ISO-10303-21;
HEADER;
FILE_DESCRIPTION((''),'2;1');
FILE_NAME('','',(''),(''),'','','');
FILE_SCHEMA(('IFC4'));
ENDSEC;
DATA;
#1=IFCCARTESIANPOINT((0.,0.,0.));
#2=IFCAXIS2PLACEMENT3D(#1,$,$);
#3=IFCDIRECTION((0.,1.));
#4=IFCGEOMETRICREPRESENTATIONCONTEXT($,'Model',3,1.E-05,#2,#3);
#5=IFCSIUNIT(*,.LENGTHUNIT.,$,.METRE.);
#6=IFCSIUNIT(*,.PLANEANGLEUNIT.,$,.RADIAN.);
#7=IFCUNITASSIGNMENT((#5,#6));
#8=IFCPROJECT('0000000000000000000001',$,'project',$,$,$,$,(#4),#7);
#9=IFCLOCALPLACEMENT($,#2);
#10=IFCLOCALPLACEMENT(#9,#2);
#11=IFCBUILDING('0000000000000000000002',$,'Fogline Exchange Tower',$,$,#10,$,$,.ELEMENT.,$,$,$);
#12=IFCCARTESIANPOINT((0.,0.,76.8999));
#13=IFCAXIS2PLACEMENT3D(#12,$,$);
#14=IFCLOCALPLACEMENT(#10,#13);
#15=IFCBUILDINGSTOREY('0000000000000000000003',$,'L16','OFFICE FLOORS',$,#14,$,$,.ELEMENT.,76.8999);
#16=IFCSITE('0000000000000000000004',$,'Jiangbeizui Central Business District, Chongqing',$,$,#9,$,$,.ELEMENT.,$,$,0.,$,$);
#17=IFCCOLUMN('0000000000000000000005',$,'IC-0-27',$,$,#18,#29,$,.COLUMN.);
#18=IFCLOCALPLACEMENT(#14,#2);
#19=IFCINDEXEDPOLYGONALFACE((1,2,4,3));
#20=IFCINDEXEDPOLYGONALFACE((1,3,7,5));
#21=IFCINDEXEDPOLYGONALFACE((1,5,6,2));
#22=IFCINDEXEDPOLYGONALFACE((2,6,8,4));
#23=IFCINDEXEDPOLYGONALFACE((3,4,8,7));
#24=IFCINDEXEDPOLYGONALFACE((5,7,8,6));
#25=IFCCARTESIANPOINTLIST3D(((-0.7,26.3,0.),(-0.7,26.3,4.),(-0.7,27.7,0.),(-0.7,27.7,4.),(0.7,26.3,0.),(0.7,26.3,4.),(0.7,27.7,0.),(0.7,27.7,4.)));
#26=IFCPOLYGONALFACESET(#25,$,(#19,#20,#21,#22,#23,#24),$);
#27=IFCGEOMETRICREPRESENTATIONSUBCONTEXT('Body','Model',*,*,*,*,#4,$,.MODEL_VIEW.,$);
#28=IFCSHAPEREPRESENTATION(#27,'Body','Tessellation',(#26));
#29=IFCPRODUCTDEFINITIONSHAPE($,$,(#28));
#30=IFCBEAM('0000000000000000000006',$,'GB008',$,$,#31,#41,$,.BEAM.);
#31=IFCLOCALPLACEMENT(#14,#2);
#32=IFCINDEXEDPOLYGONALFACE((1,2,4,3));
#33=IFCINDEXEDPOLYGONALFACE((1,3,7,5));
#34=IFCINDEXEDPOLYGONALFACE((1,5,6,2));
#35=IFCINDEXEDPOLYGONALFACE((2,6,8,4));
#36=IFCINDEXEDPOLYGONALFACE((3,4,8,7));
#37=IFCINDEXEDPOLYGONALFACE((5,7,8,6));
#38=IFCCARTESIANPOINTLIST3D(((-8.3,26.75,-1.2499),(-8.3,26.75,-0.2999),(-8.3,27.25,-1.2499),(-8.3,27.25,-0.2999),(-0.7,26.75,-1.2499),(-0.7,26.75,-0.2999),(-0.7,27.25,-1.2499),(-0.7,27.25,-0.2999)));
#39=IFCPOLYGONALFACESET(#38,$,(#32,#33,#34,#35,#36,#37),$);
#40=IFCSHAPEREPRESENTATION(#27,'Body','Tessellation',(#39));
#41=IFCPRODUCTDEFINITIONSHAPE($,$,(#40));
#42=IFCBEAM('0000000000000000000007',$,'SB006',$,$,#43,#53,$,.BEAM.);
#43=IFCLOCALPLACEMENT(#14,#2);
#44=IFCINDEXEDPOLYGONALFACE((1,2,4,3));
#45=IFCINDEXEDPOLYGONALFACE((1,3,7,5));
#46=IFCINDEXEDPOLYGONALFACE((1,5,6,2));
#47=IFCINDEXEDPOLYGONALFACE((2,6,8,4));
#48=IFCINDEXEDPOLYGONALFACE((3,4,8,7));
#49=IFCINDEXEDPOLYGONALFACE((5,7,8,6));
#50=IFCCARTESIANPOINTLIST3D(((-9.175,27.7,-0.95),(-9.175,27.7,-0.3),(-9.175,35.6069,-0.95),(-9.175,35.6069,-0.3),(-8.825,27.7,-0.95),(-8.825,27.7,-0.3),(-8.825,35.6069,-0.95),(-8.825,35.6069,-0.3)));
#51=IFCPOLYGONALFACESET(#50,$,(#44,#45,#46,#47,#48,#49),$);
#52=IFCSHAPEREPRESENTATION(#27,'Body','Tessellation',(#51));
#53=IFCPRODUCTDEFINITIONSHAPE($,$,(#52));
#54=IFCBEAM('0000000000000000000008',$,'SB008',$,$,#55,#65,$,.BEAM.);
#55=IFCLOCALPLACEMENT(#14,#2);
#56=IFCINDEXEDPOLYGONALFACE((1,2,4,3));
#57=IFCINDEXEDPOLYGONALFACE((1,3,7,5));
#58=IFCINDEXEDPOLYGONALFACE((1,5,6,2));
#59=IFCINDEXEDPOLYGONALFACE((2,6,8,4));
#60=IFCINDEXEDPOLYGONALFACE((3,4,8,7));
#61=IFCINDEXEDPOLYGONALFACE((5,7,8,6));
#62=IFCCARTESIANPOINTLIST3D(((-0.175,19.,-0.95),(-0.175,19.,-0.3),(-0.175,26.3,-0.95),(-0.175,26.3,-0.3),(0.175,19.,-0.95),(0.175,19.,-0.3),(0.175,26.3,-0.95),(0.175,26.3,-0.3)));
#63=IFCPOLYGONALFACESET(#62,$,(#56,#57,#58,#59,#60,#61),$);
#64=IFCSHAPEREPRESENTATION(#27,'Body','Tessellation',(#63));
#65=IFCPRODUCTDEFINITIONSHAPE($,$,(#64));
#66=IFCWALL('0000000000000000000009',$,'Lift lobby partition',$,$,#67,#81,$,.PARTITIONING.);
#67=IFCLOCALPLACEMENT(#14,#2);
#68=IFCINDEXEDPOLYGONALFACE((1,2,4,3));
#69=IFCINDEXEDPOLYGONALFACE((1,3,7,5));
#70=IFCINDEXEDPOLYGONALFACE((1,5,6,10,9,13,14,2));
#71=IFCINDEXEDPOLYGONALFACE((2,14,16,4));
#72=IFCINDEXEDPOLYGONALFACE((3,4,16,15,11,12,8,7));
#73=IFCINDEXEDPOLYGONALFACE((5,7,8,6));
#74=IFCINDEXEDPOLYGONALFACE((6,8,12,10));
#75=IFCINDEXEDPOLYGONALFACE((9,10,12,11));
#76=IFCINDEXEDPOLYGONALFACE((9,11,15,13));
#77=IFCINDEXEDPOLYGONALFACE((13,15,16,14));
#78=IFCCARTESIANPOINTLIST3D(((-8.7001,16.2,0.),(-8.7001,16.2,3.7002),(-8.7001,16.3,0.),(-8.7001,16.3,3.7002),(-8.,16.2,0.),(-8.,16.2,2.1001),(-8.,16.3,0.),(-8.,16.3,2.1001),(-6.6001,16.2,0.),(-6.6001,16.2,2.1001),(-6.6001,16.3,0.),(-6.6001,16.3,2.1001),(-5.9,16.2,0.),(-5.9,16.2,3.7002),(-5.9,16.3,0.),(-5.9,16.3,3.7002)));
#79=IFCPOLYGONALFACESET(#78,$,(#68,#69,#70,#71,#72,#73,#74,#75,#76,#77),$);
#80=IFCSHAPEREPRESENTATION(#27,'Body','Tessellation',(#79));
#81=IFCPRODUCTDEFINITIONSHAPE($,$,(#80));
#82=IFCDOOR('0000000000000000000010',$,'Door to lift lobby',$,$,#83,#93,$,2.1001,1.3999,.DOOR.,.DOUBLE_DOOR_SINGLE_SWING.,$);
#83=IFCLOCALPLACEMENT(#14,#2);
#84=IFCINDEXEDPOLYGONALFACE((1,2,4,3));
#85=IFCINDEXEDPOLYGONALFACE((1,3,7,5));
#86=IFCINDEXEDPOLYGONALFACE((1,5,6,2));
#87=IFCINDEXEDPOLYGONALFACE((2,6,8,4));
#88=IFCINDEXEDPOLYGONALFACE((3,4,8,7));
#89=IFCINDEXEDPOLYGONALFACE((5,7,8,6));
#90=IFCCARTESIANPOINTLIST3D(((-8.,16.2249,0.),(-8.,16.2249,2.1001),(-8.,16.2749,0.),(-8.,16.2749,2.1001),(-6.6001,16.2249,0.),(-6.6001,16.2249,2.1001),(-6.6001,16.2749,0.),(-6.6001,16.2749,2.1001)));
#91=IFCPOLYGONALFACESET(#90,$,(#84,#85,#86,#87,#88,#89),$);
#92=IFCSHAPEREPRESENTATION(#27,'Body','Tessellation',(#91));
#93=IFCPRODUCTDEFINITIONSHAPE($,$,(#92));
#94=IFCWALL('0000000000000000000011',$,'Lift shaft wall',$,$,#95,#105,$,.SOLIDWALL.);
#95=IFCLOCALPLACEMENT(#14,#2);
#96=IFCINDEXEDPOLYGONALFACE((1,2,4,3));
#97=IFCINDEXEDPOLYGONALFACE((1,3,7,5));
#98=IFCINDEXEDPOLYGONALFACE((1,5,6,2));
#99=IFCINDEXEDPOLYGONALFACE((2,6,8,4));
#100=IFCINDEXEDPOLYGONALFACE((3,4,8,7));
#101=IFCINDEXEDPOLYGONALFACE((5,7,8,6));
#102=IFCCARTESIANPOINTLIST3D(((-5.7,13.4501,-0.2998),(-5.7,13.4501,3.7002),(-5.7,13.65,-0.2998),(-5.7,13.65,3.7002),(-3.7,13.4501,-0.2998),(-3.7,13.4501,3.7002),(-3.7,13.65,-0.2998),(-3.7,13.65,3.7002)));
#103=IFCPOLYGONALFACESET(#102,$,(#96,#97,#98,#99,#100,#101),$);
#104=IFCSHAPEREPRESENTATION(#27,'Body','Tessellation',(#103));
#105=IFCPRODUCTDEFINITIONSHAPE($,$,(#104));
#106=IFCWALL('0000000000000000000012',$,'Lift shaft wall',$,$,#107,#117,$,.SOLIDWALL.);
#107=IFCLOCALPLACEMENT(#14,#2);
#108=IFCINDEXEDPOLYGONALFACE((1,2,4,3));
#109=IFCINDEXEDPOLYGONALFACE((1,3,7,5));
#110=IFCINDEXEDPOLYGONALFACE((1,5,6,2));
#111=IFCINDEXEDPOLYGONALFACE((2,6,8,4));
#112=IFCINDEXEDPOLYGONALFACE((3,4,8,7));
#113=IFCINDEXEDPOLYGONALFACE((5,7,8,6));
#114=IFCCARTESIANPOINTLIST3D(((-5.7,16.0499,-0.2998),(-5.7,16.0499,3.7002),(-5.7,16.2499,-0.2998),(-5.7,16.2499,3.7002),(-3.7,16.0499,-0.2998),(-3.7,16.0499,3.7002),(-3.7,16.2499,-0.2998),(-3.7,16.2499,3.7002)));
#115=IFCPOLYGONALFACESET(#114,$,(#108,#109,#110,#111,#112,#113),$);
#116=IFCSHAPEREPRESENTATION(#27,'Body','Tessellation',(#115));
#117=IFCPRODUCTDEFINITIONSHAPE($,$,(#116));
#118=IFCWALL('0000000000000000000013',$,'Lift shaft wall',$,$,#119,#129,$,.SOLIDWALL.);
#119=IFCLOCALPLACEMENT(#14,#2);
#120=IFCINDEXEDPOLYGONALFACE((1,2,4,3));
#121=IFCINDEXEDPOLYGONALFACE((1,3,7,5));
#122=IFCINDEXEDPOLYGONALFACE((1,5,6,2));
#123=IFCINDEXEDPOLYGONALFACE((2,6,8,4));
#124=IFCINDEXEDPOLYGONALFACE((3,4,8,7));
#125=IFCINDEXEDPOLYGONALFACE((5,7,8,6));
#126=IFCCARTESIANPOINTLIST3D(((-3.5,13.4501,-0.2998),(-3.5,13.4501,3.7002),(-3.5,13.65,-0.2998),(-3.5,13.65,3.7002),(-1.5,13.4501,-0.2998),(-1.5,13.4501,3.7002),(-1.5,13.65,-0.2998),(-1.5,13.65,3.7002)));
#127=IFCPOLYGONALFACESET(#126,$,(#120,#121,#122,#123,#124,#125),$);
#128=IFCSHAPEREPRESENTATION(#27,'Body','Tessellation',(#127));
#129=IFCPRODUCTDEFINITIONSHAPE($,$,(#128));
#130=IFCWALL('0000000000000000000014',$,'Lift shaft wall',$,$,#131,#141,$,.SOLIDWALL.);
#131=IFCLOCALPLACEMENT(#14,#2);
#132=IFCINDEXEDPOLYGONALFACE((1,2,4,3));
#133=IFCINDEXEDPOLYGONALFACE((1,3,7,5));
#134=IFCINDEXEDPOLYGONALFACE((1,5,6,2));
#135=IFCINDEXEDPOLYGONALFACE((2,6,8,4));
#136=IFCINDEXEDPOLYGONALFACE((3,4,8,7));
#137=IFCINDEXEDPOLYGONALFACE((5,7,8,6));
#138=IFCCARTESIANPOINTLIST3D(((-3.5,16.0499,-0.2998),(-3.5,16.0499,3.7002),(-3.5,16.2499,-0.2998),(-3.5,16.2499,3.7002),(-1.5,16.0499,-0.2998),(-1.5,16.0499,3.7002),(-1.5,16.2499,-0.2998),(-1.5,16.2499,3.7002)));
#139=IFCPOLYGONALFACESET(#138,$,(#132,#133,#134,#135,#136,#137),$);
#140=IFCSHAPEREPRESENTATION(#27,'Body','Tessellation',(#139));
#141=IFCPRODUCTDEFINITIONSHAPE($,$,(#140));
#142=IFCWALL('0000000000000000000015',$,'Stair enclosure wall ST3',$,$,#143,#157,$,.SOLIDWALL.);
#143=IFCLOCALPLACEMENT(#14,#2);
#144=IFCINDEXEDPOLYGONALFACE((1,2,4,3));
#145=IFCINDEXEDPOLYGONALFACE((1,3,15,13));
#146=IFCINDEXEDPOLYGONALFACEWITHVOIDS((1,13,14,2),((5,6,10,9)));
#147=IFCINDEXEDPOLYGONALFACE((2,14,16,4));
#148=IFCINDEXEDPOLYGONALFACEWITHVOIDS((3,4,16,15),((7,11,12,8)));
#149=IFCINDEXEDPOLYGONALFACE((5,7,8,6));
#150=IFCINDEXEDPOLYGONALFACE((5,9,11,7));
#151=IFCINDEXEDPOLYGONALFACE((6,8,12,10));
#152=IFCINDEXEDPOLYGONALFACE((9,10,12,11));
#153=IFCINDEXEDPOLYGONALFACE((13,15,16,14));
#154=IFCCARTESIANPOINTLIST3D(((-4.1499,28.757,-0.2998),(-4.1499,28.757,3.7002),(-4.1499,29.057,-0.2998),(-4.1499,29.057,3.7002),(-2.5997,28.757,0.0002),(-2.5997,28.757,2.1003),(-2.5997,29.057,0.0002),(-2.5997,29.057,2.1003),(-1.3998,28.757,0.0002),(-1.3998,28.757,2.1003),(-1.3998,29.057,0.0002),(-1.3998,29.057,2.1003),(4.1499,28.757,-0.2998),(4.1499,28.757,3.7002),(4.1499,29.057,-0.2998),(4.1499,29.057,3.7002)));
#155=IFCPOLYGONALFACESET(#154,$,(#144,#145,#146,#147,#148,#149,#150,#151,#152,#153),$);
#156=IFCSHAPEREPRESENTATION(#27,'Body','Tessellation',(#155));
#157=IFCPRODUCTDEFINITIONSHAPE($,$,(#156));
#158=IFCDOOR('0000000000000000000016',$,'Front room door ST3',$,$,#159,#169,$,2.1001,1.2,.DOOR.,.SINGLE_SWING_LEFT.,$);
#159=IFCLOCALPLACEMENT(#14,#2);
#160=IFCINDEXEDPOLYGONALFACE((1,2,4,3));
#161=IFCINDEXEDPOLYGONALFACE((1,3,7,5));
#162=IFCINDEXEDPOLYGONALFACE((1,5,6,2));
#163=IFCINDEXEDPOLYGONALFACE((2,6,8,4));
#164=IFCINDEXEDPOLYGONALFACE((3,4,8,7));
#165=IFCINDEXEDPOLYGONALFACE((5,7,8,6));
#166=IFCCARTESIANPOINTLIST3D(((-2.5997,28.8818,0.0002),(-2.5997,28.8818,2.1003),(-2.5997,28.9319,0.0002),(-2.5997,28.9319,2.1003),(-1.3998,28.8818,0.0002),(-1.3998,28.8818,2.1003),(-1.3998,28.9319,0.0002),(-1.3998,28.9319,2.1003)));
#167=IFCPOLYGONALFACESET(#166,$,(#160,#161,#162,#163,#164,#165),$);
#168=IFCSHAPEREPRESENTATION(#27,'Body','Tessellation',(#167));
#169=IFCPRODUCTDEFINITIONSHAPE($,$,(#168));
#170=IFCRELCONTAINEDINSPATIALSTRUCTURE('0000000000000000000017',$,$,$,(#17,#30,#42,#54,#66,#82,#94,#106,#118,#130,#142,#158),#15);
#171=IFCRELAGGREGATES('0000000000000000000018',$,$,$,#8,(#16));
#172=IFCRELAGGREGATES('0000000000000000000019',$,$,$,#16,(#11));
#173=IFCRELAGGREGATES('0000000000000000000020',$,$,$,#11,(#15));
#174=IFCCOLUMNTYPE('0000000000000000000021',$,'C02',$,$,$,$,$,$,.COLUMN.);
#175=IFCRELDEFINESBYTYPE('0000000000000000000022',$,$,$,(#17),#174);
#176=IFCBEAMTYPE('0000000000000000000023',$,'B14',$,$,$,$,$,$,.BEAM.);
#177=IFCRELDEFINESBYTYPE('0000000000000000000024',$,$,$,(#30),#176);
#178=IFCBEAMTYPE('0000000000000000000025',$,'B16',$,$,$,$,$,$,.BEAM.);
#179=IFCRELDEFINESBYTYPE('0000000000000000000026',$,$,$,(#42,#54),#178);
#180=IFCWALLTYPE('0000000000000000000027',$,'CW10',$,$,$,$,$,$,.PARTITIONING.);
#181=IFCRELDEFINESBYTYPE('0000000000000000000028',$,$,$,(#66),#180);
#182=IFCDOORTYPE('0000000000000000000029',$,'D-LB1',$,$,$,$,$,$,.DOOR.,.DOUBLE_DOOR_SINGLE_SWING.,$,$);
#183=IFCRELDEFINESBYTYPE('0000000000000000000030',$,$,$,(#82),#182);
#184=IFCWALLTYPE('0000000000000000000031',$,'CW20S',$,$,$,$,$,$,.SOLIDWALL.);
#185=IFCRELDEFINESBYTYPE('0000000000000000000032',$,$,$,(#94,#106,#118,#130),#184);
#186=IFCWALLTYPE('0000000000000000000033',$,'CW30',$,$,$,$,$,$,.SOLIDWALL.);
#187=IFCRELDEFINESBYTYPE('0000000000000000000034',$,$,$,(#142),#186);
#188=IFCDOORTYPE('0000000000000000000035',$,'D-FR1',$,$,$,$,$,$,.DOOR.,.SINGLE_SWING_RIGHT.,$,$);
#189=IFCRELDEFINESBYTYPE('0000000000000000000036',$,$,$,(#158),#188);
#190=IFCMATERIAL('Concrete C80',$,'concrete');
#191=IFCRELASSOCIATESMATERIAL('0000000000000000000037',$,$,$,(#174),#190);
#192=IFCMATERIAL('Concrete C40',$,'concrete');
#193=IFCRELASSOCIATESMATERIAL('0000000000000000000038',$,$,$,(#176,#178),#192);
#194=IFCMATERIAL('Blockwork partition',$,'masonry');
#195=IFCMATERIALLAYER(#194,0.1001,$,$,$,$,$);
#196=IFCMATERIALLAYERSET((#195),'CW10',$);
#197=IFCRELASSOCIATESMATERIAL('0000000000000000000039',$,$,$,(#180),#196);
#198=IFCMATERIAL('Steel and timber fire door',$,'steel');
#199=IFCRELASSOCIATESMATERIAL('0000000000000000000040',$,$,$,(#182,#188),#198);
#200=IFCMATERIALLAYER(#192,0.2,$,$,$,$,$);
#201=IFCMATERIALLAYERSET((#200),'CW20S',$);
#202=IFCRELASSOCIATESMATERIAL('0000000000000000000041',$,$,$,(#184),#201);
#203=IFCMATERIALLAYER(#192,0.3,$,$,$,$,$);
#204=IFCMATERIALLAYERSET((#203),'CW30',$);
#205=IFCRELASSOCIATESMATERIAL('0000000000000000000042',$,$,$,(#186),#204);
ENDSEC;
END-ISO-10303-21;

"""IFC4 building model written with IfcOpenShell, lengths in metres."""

from ifc_helpers import new_model, si_unit, direction, frame, frame_2d, origin, origin_2d, place, context, subcontext, project, spatial, rectangle, extrude, material, layer, layer_set, material_profile, profile_set, type_object, element, fill, save


model = new_model("IFC4")

# Units and contexts
model_context = context("Model", 3, precision=1e-05, world=origin(), true_north=direction((0.0, 1.0)))
body_context = subcontext(model_context, "Body", "Model", "MODEL_VIEW")
ifc_project = project(units=[si_unit("LENGTHUNIT", "METRE"), si_unit("PLANEANGLEUNIT", "RADIAN")], contexts=[model_context])

# Site, building, storey
site_placement = place(None, origin())
site = spatial("IfcSite", under=ifc_project, at=site_placement, Name="Jiangbeizui Central Business District, Chongqing", CompositionType="ELEMENT", RefElevation=0.0)
building_placement = place(site_placement, origin())
building = spatial("IfcBuilding", under=site, at=building_placement, Name="Fogline Exchange Tower", CompositionType="ELEMENT")
storey_placement = place(building_placement, frame((0.0, 0.0, 76.8999)))
storey = spatial("IfcBuildingStorey", under=building, at=storey_placement, Name="L16", Description="OFFICE FLOORS", CompositionType="ELEMENT", Elevation=76.8999)

# Column
ifc_material_1 = material(Name="Concrete C80", Category="concrete")
ifc_material_profile_1 = material_profile(ifc_material_1, rectangle(XDim=1.3999, YDim=1.3999, at=origin_2d()), Name="RC 1400x1400")
ifc_profile_set_1 = profile_set([ifc_material_profile_1], Name="Concrete C80")
column_type = type_object("IfcColumnType", Name="C02", PredefinedType="COLUMN", material=ifc_profile_set_1)
column_placement = place(storey_placement, frame((0.0, 27.0, 0.0), z_axis=(0.0, 0.0, 1.0), x_axis=(1.0, 0.0, 0.0)))
element("IfcColumn", 1, at=column_placement, inside=storey, type_object=column_type, Name="IC-0-27", PredefinedType="COLUMN", context=body_context, shape_type="SweptSolid", body=[
    extrude(rectangle(XDim=1.3999, YDim=1.3999, at=origin_2d()), origin(), (0.0, 0.0, 1.0), 4.0),
])

# Beams
ifc_material_2 = material(Name="Concrete C40", Category="concrete")
ifc_material_profile_2 = material_profile(ifc_material_2, rectangle(XDim=0.5, YDim=0.95, at=origin_2d()), Name="RC 500x950")
ifc_profile_set_2 = profile_set([ifc_material_profile_2], Name="Concrete C40")
beam_type_1 = type_object("IfcBeamType", Name="B14", PredefinedType="BEAM", material=ifc_profile_set_2)
beam_1_placement = place(storey_placement, frame((-8.3, 27.0, -0.7749), z_axis=(1.0, 0.0, 0.0), x_axis=(0.0, 1.0, 0.0)))
element("IfcBeam", 2, at=beam_1_placement, inside=storey, type_object=beam_type_1, Name="GB008", PredefinedType="BEAM", context=body_context, shape_type="SweptSolid", body=[
    extrude(rectangle(XDim=0.5, YDim=0.95, at=origin_2d()), origin(), (0.0, 0.0, 1.0), 7.6001),
])
ifc_material_profile_3 = material_profile(ifc_material_2, rectangle(XDim=0.3501, YDim=0.6499, at=origin_2d()), Name="RC 350x650")
ifc_profile_set_3 = profile_set([ifc_material_profile_3], Name="Concrete C40")
beam_type_2 = type_object("IfcBeamType", Name="B16", PredefinedType="BEAM", material=ifc_profile_set_3)
beam_2_placement = place(storey_placement, frame((-9.0, 27.7, -0.625), z_axis=(0.0, 1.0, 0.0), x_axis=(-1.0, 0.0, 0.0)))
element("IfcBeam", 3, at=beam_2_placement, inside=storey, type_object=beam_type_2, Name="SB006", PredefinedType="BEAM", context=body_context, shape_type="SweptSolid", body=[
    extrude(rectangle(XDim=0.3501, YDim=0.6499, at=origin_2d()), origin(), (0.0, 0.0, 1.0), 7.907),
])
beam_3_placement = place(storey_placement, frame((0.0, 19.0, -0.625), z_axis=(0.0, 1.0, 0.0), x_axis=(-1.0, 0.0, 0.0)))
element("IfcBeam", 4, at=beam_3_placement, inside=storey, type_object=beam_type_2, Name="SB008", PredefinedType="BEAM", context=body_context, shape_type="SweptSolid", body=[
    extrude(rectangle(XDim=0.3501, YDim=0.6499, at=origin_2d()), origin(), (0.0, 0.0, 1.0), 7.3),
])

# Wall, opening, door
ifc_material_3 = material(Name="Blockwork partition", Category="masonry")
ifc_layer_1 = layer(ifc_material_3, 0.1001)
ifc_layer_set_1 = layer_set([ifc_layer_1], Name="CW10")
wall_type_1 = type_object("IfcWallType", Name="CW10", PredefinedType="PARTITIONING", material=ifc_layer_set_1)
wall_1_placement = place(storey_placement, frame((-8.7, 16.25, 0.0), z_axis=(0.0, 0.0, 1.0), x_axis=(1.0, 0.0, 0.0)))
wall_1 = element("IfcWall", 5, at=wall_1_placement, inside=storey, type_object=wall_type_1, Name="Lift lobby partition", PredefinedType="PARTITIONING", context=body_context, shape_type="SweptSolid", body=[
    extrude(rectangle(XDim=2.8, YDim=0.1001, at=frame_2d((1.3999, 0.0))), origin(), (0.0, 0.0, 1.0), 3.7002),
])
opening_1_placement = place(wall_1_placement, frame((0.7, 0.0, 0.0)))
opening_1 = element("IfcOpeningElement", 6, at=opening_1_placement, cuts=wall_1, PredefinedType="OPENING", context=body_context, shape_type="SweptSolid", body=[
    extrude(rectangle(XDim=1.3999, YDim=2.1001, at=frame_2d((0.7, 1.05))), frame((0.0, 0.0601, 0.0), z_axis=(0.0, -1.0, 0.0), x_axis=(1.0, 0.0, 0.0)), (0.0, 0.0, 1.0), 0.1201),
])
ifc_material_4 = material(Name="Steel and timber fire door", Category="steel")
door_type_1 = type_object("IfcDoorType", Name="D-LB1", OperationType="DOUBLE_DOOR_SINGLE_SWING", PredefinedType="DOOR", material=ifc_material_4)
door_1_placement = place(opening_1_placement, origin())
door_1 = element("IfcDoor", 7, at=door_1_placement, inside=storey, type_object=door_type_1, Name="Door to lift lobby", OperationType="DOUBLE_DOOR_SINGLE_SWING", OverallHeight=2.1001, OverallWidth=1.3999, PredefinedType="DOOR", context=body_context, shape_type="SweptSolid", body=[
    extrude(rectangle(XDim=1.3999, YDim=2.1001, at=frame_2d((0.7, 1.05))), frame((0.0, 0.0249, 0.0), z_axis=(0.0, -1.0, 0.0), x_axis=(1.0, 0.0, 0.0)), (0.0, 0.0, 1.0), 0.05),
])
fill(opening_1, door_1)

# Walls
ifc_layer_2 = layer(ifc_material_2, 0.2)
ifc_layer_set_2 = layer_set([ifc_layer_2], Name="CW20S")
wall_type_2 = type_object("IfcWallType", Name="CW20S", PredefinedType="SOLIDWALL", material=ifc_layer_set_2)
for number, where, z_axis, x_axis, name in (
    (8, (-5.7, 13.55, -0.2998), (0.0, 0.0, 1.0), (1.0, 0.0, 0.0), "Lift shaft wall"),
    (9, (-5.7, 16.1499, -0.2998), (0.0, 0.0, 1.0), (1.0, 0.0, 0.0), "Lift shaft wall"),
    (10, (-3.5, 13.55, -0.2998), (0.0, 0.0, 1.0), (1.0, 0.0, 0.0), "Lift shaft wall"),
    (11, (-3.5, 16.1499, -0.2998), (0.0, 0.0, 1.0), (1.0, 0.0, 0.0), "Lift shaft wall"),
):
    element("IfcWall", number, at=place(storey_placement, frame(where, z_axis=z_axis, x_axis=x_axis)), inside=storey, type_object=wall_type_2, Name=name, PredefinedType="SOLIDWALL", context=body_context, shape_type="SweptSolid", body=[
        extrude(rectangle(XDim=2.0, YDim=0.2, at=frame_2d((1.0, 0.0))), origin(), (0.0, 0.0, 1.0), 4.0),
    ])

# Wall, opening, door
ifc_layer_3 = layer(ifc_material_2, 0.3)
ifc_layer_set_3 = layer_set([ifc_layer_3], Name="CW30")
wall_type_3 = type_object("IfcWallType", Name="CW30", PredefinedType="SOLIDWALL", material=ifc_layer_set_3)
wall_2_placement = place(storey_placement, frame((-4.1499, 28.907, -0.2998), z_axis=(0.0, 0.0, 1.0), x_axis=(1.0, 0.0, 0.0)))
wall_2 = element("IfcWall", 12, at=wall_2_placement, inside=storey, type_object=wall_type_3, Name="Stair enclosure wall ST3", PredefinedType="SOLIDWALL", context=body_context, shape_type="SweptSolid", body=[
    extrude(rectangle(XDim=8.2998, YDim=0.3, at=frame_2d((4.1499, 0.0))), origin(), (0.0, 0.0, 1.0), 4.0),
])
opening_2_placement = place(wall_2_placement, frame((1.55, 0.0, 0.3)))
opening_2 = element("IfcOpeningElement", 13, at=opening_2_placement, cuts=wall_2, PredefinedType="OPENING", context=body_context, shape_type="SweptSolid", body=[
    extrude(rectangle(XDim=1.2, YDim=2.1001, at=frame_2d((0.6001, 1.05))), frame((0.0, 0.1602, 0.0), z_axis=(0.0, -1.0, 0.0), x_axis=(1.0, 0.0, 0.0)), (0.0, 0.0, 1.0), 0.3201),
])
door_type_2 = type_object("IfcDoorType", Name="D-FR1", OperationType="SINGLE_SWING_RIGHT", PredefinedType="DOOR", material=ifc_material_4)
door_2_placement = place(opening_2_placement, origin())
door_2 = element("IfcDoor", 14, at=door_2_placement, inside=storey, type_object=door_type_2, Name="Front room door ST3", OperationType="SINGLE_SWING_LEFT", OverallHeight=2.1001, OverallWidth=1.2, PredefinedType="DOOR", context=body_context, shape_type="SweptSolid", body=[
    extrude(rectangle(XDim=1.2, YDim=2.1001, at=frame_2d((0.6001, 1.05))), frame((0.0, 0.0249, 0.0), z_axis=(0.0, -1.0, 0.0), x_axis=(1.0, 0.0, 0.0)), (0.0, 0.0, 1.0), 0.05),
])
fill(opening_2, door_2)

save(model, "model.ifc")
